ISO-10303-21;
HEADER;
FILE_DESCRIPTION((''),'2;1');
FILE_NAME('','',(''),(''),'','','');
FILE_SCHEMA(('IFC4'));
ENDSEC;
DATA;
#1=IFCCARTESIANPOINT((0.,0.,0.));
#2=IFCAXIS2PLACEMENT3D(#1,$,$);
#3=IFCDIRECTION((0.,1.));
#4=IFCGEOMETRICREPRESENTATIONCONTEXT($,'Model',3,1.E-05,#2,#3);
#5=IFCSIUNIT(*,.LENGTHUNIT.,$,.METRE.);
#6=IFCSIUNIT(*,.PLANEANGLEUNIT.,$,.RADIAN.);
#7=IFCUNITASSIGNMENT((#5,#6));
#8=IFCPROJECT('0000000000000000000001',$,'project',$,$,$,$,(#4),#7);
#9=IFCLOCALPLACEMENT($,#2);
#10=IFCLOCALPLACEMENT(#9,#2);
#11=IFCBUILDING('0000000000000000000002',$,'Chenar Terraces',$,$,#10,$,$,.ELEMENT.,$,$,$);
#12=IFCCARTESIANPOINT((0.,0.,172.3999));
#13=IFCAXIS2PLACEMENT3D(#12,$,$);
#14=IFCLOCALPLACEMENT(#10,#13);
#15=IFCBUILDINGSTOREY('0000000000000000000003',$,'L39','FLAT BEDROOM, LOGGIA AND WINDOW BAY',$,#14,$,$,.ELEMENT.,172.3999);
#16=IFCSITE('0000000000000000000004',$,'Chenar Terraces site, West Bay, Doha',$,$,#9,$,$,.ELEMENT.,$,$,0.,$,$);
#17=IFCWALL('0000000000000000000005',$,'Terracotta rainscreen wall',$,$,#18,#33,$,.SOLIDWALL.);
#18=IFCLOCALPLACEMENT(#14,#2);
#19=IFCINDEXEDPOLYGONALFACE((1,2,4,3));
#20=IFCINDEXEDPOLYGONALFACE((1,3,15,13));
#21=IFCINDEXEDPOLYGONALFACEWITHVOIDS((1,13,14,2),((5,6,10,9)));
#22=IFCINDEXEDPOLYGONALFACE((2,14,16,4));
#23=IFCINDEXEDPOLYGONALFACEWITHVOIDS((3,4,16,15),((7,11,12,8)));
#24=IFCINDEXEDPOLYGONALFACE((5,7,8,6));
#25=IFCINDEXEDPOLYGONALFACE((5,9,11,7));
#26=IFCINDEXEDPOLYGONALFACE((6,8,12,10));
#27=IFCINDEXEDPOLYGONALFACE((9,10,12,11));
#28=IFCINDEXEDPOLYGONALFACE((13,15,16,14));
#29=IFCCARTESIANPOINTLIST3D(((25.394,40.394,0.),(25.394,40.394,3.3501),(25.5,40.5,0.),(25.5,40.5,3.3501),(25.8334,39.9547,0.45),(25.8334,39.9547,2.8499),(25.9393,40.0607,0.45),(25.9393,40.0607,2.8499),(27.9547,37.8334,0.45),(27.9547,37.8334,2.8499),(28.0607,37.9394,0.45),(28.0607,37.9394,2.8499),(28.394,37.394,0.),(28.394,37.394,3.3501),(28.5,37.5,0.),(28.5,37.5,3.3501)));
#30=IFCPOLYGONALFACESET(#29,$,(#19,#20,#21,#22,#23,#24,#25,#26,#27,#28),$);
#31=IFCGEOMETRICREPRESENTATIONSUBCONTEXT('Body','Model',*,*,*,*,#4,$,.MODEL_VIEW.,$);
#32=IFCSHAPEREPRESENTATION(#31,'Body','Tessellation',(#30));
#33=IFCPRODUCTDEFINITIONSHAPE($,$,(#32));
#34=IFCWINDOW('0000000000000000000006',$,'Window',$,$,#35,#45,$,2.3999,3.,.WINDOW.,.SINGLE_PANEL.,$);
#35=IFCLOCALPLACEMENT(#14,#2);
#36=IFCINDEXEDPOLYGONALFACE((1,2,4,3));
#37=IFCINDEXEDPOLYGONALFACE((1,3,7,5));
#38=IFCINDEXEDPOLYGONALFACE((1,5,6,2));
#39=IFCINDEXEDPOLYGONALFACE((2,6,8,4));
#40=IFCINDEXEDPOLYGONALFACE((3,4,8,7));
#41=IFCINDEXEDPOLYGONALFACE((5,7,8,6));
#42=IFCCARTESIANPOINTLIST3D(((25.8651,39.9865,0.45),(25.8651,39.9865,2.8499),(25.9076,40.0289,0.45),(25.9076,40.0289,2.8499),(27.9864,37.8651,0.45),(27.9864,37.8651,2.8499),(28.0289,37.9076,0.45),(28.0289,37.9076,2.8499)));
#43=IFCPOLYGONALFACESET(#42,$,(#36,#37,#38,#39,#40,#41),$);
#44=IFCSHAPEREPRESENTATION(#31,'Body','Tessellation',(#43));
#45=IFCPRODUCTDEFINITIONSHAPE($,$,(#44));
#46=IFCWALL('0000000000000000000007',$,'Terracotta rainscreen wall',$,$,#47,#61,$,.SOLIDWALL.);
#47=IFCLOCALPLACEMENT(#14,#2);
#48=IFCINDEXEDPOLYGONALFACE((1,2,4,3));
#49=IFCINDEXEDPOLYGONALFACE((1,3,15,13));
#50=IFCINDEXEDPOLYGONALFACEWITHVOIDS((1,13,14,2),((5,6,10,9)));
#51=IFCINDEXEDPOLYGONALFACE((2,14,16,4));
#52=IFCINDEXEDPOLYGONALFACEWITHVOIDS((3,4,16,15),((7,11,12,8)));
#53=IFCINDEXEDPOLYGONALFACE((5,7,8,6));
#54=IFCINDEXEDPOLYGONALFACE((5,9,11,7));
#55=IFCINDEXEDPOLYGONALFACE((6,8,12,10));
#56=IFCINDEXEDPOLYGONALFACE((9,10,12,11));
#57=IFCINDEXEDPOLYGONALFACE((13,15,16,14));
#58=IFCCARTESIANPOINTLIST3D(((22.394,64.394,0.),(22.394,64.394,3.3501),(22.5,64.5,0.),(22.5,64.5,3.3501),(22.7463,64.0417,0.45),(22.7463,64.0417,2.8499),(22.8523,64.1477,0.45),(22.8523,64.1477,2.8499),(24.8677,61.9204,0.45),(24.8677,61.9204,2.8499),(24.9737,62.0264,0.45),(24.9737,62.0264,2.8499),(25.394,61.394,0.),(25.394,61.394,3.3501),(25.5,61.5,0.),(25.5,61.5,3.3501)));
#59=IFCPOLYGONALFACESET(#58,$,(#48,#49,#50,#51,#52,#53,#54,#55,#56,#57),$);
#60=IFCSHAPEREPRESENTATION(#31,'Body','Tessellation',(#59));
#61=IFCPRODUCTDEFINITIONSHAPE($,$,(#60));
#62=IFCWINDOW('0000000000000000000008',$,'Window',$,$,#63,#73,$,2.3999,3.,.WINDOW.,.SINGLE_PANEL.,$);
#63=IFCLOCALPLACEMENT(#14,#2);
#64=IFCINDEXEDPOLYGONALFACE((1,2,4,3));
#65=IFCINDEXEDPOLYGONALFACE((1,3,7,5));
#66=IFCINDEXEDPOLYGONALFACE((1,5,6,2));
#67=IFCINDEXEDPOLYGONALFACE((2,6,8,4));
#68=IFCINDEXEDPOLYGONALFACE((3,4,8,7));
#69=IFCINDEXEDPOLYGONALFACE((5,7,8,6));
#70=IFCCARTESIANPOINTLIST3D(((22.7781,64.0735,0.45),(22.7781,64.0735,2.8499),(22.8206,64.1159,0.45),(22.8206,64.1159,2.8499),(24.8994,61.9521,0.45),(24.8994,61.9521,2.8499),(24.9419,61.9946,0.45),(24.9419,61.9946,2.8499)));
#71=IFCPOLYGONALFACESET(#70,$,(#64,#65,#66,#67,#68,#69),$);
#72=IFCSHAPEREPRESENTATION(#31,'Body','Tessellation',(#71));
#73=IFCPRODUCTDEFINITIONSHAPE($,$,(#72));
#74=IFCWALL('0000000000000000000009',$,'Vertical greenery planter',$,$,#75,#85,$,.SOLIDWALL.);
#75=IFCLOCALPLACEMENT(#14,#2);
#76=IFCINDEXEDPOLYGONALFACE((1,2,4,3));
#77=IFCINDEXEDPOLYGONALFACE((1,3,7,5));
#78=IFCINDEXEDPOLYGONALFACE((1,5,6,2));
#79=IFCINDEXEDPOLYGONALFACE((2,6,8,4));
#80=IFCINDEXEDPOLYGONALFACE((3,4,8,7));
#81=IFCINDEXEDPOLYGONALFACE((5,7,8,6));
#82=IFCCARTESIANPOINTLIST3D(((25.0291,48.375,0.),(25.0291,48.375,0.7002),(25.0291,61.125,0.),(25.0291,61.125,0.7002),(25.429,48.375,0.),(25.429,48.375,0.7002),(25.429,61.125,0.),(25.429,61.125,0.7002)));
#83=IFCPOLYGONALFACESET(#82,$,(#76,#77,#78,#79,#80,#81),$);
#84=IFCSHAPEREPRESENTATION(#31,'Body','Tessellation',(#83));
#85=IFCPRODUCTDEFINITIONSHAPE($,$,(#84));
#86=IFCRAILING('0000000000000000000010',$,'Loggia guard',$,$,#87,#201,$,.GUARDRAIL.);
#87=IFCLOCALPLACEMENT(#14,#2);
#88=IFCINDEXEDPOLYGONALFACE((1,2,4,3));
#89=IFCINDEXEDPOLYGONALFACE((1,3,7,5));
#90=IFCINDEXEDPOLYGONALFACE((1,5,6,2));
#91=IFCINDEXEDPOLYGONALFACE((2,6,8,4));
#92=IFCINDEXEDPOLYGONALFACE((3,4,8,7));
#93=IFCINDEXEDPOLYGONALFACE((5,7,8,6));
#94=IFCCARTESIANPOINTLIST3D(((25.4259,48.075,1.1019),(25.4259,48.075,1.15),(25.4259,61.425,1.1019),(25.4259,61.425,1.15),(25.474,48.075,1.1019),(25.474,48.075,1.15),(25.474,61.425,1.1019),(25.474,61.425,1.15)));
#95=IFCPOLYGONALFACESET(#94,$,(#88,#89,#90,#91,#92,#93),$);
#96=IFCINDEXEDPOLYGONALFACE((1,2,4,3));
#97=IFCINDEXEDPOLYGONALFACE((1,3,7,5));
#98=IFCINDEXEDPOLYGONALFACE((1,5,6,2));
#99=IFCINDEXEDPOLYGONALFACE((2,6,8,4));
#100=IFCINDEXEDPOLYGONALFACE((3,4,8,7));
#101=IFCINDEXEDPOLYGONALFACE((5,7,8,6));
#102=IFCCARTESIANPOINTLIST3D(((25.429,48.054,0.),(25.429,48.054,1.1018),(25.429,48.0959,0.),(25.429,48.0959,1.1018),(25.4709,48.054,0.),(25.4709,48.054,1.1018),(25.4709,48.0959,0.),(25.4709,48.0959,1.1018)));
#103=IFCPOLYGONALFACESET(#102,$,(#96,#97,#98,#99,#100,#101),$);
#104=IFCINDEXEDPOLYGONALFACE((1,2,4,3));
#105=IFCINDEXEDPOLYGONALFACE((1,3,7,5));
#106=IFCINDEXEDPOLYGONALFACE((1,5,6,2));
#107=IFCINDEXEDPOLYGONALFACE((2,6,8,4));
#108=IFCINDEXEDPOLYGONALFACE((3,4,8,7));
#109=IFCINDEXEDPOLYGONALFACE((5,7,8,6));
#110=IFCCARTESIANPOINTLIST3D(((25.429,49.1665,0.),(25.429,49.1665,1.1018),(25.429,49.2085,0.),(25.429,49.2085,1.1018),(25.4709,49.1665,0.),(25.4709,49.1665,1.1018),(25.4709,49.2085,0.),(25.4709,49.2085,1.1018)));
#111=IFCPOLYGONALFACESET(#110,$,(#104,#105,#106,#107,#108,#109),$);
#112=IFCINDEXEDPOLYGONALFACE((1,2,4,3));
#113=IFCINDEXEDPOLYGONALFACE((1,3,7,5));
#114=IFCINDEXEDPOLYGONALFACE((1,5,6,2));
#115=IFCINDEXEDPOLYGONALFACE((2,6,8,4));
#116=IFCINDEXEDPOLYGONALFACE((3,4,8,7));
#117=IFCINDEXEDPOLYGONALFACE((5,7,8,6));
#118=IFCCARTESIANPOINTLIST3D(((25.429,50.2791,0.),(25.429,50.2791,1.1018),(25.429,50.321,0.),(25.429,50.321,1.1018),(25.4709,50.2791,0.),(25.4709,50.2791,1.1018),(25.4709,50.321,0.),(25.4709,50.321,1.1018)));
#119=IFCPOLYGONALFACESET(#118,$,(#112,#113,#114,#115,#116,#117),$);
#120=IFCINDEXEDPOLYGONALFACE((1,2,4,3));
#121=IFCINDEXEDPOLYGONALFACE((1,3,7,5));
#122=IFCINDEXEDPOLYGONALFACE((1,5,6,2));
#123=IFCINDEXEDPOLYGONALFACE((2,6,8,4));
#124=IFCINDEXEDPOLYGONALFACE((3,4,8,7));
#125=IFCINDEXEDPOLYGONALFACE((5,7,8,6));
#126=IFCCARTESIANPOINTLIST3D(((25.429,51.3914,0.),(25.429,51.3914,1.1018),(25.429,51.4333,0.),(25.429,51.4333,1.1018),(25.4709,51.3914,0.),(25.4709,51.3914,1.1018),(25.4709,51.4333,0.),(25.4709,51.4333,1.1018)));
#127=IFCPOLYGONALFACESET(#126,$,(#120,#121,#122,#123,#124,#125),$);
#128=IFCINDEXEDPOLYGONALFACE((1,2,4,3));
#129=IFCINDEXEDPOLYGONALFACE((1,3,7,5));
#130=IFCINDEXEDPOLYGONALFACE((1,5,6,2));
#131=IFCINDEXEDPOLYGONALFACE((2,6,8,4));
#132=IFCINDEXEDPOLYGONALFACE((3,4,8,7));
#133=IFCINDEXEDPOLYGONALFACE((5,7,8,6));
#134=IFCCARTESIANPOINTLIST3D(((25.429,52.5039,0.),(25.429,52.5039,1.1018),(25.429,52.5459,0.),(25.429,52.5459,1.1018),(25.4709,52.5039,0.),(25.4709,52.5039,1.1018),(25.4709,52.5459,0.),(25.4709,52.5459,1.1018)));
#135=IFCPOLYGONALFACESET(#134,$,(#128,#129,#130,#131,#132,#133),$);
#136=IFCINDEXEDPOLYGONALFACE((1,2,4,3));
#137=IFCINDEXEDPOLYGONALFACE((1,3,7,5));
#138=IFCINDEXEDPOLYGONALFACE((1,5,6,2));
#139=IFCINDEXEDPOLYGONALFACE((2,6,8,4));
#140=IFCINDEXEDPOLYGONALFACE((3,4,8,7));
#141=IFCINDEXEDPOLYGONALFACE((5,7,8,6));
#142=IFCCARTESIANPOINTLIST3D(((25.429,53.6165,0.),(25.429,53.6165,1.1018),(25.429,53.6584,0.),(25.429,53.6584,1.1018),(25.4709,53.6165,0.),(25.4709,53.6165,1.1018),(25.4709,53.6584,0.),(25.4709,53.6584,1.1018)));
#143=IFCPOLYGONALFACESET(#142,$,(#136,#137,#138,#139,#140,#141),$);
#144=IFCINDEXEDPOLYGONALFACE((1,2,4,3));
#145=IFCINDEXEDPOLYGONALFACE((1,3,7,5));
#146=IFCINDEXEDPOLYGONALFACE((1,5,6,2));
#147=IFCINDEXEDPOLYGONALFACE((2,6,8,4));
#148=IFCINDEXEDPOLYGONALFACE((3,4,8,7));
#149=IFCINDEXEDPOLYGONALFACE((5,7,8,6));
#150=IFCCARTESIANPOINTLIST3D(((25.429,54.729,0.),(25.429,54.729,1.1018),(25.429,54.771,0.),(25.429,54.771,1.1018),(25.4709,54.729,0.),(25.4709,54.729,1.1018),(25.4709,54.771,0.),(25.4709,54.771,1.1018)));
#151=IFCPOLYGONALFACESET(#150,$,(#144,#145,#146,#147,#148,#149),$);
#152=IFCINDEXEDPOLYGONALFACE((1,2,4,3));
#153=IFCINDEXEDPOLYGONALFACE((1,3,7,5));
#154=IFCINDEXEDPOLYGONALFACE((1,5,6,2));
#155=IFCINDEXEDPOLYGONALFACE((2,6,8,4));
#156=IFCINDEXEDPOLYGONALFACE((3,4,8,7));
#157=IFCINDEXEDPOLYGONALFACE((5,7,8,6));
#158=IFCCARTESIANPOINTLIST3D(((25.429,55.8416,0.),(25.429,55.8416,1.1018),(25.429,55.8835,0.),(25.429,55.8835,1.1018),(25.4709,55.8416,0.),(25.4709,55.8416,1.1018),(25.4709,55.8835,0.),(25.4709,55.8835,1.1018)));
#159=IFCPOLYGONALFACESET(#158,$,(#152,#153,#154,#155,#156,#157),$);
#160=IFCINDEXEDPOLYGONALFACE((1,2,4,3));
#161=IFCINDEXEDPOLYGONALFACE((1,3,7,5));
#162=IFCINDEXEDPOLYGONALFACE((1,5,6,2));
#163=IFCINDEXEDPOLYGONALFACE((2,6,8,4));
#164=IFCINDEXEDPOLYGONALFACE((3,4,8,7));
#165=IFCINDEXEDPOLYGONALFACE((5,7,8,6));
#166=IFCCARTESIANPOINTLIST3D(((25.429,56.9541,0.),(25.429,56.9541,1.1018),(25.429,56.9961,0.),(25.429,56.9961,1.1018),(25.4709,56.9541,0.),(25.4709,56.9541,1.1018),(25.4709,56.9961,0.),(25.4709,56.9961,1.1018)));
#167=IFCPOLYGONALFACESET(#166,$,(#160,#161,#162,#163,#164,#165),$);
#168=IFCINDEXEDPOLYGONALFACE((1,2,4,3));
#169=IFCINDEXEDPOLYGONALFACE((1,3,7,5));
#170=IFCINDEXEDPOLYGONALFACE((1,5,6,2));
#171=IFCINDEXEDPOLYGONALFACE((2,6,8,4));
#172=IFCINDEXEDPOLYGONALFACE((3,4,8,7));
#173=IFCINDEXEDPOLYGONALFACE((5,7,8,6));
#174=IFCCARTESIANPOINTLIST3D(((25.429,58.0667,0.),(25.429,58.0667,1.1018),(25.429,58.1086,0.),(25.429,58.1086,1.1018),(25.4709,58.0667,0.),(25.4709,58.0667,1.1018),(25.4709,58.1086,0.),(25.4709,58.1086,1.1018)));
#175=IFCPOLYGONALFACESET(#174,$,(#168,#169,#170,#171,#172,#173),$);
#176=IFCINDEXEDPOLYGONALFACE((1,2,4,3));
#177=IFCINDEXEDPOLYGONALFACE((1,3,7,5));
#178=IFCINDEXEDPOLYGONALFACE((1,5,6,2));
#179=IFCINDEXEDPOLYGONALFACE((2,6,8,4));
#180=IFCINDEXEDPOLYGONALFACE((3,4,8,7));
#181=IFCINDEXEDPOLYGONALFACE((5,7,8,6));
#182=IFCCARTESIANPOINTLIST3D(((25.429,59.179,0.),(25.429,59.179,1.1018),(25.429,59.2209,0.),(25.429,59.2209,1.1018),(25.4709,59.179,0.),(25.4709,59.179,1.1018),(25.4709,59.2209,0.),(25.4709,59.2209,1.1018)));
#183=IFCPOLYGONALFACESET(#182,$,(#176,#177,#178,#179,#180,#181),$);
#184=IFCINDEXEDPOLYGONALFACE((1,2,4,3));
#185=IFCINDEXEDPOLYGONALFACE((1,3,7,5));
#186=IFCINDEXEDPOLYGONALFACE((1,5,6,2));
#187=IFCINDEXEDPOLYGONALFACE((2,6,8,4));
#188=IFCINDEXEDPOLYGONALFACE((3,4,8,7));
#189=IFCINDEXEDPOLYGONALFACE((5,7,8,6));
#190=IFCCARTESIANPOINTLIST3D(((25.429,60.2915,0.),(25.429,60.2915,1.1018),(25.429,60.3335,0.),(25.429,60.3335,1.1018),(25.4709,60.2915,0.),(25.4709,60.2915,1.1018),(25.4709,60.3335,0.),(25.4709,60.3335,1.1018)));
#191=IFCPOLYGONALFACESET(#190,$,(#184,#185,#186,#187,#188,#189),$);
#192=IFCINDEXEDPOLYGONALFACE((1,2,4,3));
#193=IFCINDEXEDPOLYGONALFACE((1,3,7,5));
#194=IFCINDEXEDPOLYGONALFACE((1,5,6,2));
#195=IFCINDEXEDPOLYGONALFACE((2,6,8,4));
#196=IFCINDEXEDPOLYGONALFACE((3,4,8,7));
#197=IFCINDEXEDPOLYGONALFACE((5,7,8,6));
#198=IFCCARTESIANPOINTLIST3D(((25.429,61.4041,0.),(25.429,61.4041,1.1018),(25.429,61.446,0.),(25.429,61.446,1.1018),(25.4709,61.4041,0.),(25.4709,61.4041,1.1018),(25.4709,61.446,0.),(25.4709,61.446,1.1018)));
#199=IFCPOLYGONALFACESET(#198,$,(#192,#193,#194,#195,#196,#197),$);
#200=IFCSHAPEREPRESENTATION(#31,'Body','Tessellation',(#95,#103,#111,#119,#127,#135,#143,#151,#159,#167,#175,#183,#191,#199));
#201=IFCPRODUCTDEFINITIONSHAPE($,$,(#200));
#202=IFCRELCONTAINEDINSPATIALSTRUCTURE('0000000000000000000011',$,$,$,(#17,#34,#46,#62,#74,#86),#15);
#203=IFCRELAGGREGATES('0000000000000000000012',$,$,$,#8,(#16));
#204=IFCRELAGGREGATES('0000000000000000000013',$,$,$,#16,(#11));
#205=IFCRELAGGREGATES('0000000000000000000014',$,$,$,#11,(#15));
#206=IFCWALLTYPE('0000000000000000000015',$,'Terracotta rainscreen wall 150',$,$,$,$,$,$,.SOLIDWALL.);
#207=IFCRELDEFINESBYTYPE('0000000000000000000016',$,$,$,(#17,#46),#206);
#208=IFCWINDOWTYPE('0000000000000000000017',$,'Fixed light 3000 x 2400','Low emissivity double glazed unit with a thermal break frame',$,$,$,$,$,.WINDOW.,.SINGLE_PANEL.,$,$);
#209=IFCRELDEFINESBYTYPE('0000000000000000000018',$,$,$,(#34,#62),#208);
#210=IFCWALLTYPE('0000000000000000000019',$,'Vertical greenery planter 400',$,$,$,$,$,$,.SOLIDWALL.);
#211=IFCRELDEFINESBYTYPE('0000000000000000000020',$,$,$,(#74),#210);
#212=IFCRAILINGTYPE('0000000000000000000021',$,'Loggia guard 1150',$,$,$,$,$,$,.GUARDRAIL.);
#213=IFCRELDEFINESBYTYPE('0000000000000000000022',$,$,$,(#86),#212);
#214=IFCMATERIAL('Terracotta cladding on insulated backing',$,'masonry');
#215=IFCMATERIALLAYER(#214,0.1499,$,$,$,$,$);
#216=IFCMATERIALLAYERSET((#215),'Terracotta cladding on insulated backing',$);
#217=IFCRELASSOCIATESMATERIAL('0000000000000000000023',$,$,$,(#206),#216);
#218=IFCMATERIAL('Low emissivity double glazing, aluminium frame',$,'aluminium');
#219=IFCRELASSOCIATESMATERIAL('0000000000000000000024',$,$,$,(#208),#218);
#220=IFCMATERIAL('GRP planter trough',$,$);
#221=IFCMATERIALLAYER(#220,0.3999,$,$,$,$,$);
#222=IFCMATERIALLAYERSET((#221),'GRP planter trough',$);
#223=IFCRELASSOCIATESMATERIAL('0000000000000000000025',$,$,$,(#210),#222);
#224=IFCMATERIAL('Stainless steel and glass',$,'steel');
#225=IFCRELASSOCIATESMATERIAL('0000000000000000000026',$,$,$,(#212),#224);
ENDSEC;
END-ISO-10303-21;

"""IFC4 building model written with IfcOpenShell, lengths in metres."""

from ifc_helpers import new_model, si_unit, direction, frame, frame_2d, origin, origin_2d, place, context, subcontext, project, spatial, rectangle, extrude, material, layer, layer_set, type_object, element, fill, save


model = new_model("IFC4")

# Units and contexts
model_context = context("Model", 3, precision=1e-05, world=origin(), true_north=direction((0.0, 1.0)))
body_context = subcontext(model_context, "Body", "Model", "MODEL_VIEW")
ifc_project = project(units=[si_unit("LENGTHUNIT", "METRE"), si_unit("PLANEANGLEUNIT", "RADIAN")], contexts=[model_context])

# Site, building, storey
site_placement = place(None, origin())
site = spatial("IfcSite", under=ifc_project, at=site_placement, Name="Chenar Terraces site, West Bay, Doha", CompositionType="ELEMENT", RefElevation=0.0)
building_placement = place(site_placement, origin())
building = spatial("IfcBuilding", under=site, at=building_placement, Name="Chenar Terraces", CompositionType="ELEMENT")
storey_placement = place(building_placement, frame((0.0, 0.0, 172.3999)))
storey = spatial("IfcBuildingStorey", under=building, at=storey_placement, Name="L39", Description="FLAT BEDROOM, LOGGIA AND WINDOW BAY", CompositionType="ELEMENT", Elevation=172.3999)

# Walls, openings, windows
ifc_material_1 = material(Name="Terracotta cladding on insulated backing", Category="masonry")
ifc_layer_1 = layer(ifc_material_1, 0.1499)
ifc_layer_set_1 = layer_set([ifc_layer_1], Name="Terracotta cladding on insulated backing")
wall_type_1 = type_object("IfcWallType", Name="Terracotta rainscreen wall 150", PredefinedType="SOLIDWALL", material=ifc_layer_set_1)
wall_1_placement = place(storey_placement, frame((28.447, 37.447, 0.0), z_axis=(0.0, 0.0, 1.0), x_axis=(-0.707107, 0.707107, 0.0)))
wall_1 = element("IfcWall", 1, at=wall_1_placement, inside=storey, type_object=wall_type_1, Name="Terracotta rainscreen wall", PredefinedType="SOLIDWALL", context=body_context, shape_type="SweptSolid", body=[
    extrude(rectangle(XDim=4.2427, YDim=0.1499, at=frame_2d((2.1213, 0.0))), origin(), (0.0, 0.0, 1.0), 3.3501),
])
opening_1_placement = place(wall_1_placement, frame((0.6213, 0.0, 0.45)))
opening_1 = element("IfcOpeningElement", 2, at=opening_1_placement, cuts=wall_1, PredefinedType="OPENING", context=body_context, shape_type="SweptSolid", body=[
    extrude(rectangle(XDim=3.0, YDim=2.3999, at=frame_2d((1.5, 1.2))), frame((0.0, 0.085, 0.0), z_axis=(0.0, -1.0, 0.0), x_axis=(1.0, 0.0, 0.0)), (0.0, 0.0, 1.0), 0.1699),
])
ifc_material_2 = material(Name="Low emissivity double glazing, aluminium frame", Category="aluminium")
window_type_1 = type_object("IfcWindowType", Name="Fixed light 3000 x 2400", Description="Low emissivity double glazed unit with a thermal break frame", PartitioningType="SINGLE_PANEL", PredefinedType="WINDOW", material=ifc_material_2)
window_1_placement = place(opening_1_placement, origin())
window_1 = element("IfcWindow", 3, at=window_1_placement, inside=storey, type_object=window_type_1, Name="Window", OverallHeight=2.3999, OverallWidth=3.0, PartitioningType="SINGLE_PANEL", PredefinedType="WINDOW", context=body_context, shape_type="SweptSolid", body=[
    extrude(rectangle(XDim=3.0, YDim=2.3999, at=frame_2d((1.5, 1.2))), frame((0.0, 0.03, 0.0), z_axis=(0.0, -1.0, 0.0), x_axis=(1.0, 0.0, 0.0)), (0.0, 0.0, 1.0), 0.0601),
])
fill(opening_1, window_1)
wall_2_placement = place(storey_placement, frame((25.447, 61.447, 0.0), z_axis=(0.0, 0.0, 1.0), x_axis=(-0.707107, 0.707107, 0.0)))
wall_2 = element("IfcWall", 4, at=wall_2_placement, inside=storey, type_object=wall_type_1, Name="Terracotta rainscreen wall", PredefinedType="SOLIDWALL", context=body_context, shape_type="SweptSolid", body=[
    extrude(rectangle(XDim=4.2427, YDim=0.1499, at=frame_2d((2.1213, 0.0))), origin(), (0.0, 0.0, 1.0), 3.3501),
])
opening_2_placement = place(wall_2_placement, frame((0.7444, 0.0, 0.45)))
opening_2 = element("IfcOpeningElement", 5, at=opening_2_placement, cuts=wall_2, PredefinedType="OPENING", context=body_context, shape_type="SweptSolid", body=[
    extrude(rectangle(XDim=3.0, YDim=2.3999, at=frame_2d((1.5, 1.2))), frame((0.0, 0.085, 0.0), z_axis=(0.0, -1.0, 0.0), x_axis=(1.0, 0.0, 0.0)), (0.0, 0.0, 1.0), 0.1699),
])
window_2_placement = place(opening_2_placement, origin())
window_2 = element("IfcWindow", 6, at=window_2_placement, inside=storey, type_object=window_type_1, Name="Window", OverallHeight=2.3999, OverallWidth=3.0, PartitioningType="SINGLE_PANEL", PredefinedType="WINDOW", context=body_context, shape_type="SweptSolid", body=[
    extrude(rectangle(XDim=3.0, YDim=2.3999, at=frame_2d((1.5, 1.2))), frame((0.0, 0.03, 0.0), z_axis=(0.0, -1.0, 0.0), x_axis=(1.0, 0.0, 0.0)), (0.0, 0.0, 1.0), 0.0601),
])
fill(opening_2, window_2)

# Wall
ifc_material_3 = material(Name="GRP planter trough")
ifc_layer_2 = layer(ifc_material_3, 0.3999)
ifc_layer_set_2 = layer_set([ifc_layer_2], Name="GRP planter trough")
wall_type_2 = type_object("IfcWallType", Name="Vertical greenery planter 400", PredefinedType="SOLIDWALL", material=ifc_layer_set_2)
wall_3_placement = place(storey_placement, frame((25.229, 48.375, 0.0), z_axis=(0.0, 0.0, 1.0), x_axis=(0.0, 1.0, 0.0)))
element("IfcWall", 7, at=wall_3_placement, inside=storey, type_object=wall_type_2, Name="Vertical greenery planter", PredefinedType="SOLIDWALL", context=body_context, shape_type="SweptSolid", body=[
    extrude(rectangle(XDim=12.75, YDim=0.3999, at=frame_2d((6.375, 0.0))), origin(), (0.0, 0.0, 1.0), 0.7002),
])

# Railing
ifc_material_4 = material(Name="Stainless steel and glass", Category="steel")
railing_type = type_object("IfcRailingType", Name="Loggia guard 1150", PredefinedType="GUARDRAIL", material=ifc_material_4)
railing_placement = place(storey_placement, frame((25.45, 48.075, 0.0)))
element("IfcRailing", 8, at=railing_placement, inside=storey, type_object=railing_type, Name="Loggia guard", PredefinedType="GUARDRAIL", context=body_context, shape_type="SweptSolid", body=[
    extrude(rectangle(XDim=0.0481, YDim=0.0481, at=origin_2d()), frame((0.0, 0.0, 1.126), z_axis=(0.0, 1.0, 0.0), x_axis=(-1.0, 0.0, 0.0)), (0.0, 0.0, 1.0), 13.3501),
    extrude(rectangle(XDim=0.042, YDim=0.042, at=origin_2d()), origin(), (0.0, 0.0, 1.0), 1.1018),
    extrude(rectangle(XDim=0.042, YDim=0.042, at=origin_2d()), frame((0.0, 1.1125, 0.0)), (0.0, 0.0, 1.0), 1.1018),
    extrude(rectangle(XDim=0.042, YDim=0.042, at=origin_2d()), frame((0.0, 2.2251, 0.0)), (0.0, 0.0, 1.0), 1.1018),
    extrude(rectangle(XDim=0.042, YDim=0.042, at=origin_2d()), frame((0.0, 3.3374, 0.0)), (0.0, 0.0, 1.0), 1.1018),
    extrude(rectangle(XDim=0.042, YDim=0.042, at=origin_2d()), frame((0.0, 4.45, 0.0)), (0.0, 0.0, 1.0), 1.1018),
    extrude(rectangle(XDim=0.042, YDim=0.042, at=origin_2d()), frame((0.0, 5.5625, 0.0)), (0.0, 0.0, 1.0), 1.1018),
    extrude(rectangle(XDim=0.042, YDim=0.042, at=origin_2d()), frame((0.0, 6.675, 0.0)), (0.0, 0.0, 1.0), 1.1018),
    extrude(rectangle(XDim=0.042, YDim=0.042, at=origin_2d()), frame((0.0, 7.7876, 0.0)), (0.0, 0.0, 1.0), 1.1018),
    extrude(rectangle(XDim=0.042, YDim=0.042, at=origin_2d()), frame((0.0, 8.9001, 0.0)), (0.0, 0.0, 1.0), 1.1018),
    extrude(rectangle(XDim=0.042, YDim=0.042, at=origin_2d()), frame((0.0, 10.0127, 0.0)), (0.0, 0.0, 1.0), 1.1018),
    extrude(rectangle(XDim=0.042, YDim=0.042, at=origin_2d()), frame((0.0, 11.125, 0.0)), (0.0, 0.0, 1.0), 1.1018),
    extrude(rectangle(XDim=0.042, YDim=0.042, at=origin_2d()), frame((0.0, 12.2375, 0.0)), (0.0, 0.0, 1.0), 1.1018),
    extrude(rectangle(XDim=0.042, YDim=0.042, at=origin_2d()), frame((0.0, 13.3501, 0.0)), (0.0, 0.0, 1.0), 1.1018),
])

save(model, "model.ifc")
